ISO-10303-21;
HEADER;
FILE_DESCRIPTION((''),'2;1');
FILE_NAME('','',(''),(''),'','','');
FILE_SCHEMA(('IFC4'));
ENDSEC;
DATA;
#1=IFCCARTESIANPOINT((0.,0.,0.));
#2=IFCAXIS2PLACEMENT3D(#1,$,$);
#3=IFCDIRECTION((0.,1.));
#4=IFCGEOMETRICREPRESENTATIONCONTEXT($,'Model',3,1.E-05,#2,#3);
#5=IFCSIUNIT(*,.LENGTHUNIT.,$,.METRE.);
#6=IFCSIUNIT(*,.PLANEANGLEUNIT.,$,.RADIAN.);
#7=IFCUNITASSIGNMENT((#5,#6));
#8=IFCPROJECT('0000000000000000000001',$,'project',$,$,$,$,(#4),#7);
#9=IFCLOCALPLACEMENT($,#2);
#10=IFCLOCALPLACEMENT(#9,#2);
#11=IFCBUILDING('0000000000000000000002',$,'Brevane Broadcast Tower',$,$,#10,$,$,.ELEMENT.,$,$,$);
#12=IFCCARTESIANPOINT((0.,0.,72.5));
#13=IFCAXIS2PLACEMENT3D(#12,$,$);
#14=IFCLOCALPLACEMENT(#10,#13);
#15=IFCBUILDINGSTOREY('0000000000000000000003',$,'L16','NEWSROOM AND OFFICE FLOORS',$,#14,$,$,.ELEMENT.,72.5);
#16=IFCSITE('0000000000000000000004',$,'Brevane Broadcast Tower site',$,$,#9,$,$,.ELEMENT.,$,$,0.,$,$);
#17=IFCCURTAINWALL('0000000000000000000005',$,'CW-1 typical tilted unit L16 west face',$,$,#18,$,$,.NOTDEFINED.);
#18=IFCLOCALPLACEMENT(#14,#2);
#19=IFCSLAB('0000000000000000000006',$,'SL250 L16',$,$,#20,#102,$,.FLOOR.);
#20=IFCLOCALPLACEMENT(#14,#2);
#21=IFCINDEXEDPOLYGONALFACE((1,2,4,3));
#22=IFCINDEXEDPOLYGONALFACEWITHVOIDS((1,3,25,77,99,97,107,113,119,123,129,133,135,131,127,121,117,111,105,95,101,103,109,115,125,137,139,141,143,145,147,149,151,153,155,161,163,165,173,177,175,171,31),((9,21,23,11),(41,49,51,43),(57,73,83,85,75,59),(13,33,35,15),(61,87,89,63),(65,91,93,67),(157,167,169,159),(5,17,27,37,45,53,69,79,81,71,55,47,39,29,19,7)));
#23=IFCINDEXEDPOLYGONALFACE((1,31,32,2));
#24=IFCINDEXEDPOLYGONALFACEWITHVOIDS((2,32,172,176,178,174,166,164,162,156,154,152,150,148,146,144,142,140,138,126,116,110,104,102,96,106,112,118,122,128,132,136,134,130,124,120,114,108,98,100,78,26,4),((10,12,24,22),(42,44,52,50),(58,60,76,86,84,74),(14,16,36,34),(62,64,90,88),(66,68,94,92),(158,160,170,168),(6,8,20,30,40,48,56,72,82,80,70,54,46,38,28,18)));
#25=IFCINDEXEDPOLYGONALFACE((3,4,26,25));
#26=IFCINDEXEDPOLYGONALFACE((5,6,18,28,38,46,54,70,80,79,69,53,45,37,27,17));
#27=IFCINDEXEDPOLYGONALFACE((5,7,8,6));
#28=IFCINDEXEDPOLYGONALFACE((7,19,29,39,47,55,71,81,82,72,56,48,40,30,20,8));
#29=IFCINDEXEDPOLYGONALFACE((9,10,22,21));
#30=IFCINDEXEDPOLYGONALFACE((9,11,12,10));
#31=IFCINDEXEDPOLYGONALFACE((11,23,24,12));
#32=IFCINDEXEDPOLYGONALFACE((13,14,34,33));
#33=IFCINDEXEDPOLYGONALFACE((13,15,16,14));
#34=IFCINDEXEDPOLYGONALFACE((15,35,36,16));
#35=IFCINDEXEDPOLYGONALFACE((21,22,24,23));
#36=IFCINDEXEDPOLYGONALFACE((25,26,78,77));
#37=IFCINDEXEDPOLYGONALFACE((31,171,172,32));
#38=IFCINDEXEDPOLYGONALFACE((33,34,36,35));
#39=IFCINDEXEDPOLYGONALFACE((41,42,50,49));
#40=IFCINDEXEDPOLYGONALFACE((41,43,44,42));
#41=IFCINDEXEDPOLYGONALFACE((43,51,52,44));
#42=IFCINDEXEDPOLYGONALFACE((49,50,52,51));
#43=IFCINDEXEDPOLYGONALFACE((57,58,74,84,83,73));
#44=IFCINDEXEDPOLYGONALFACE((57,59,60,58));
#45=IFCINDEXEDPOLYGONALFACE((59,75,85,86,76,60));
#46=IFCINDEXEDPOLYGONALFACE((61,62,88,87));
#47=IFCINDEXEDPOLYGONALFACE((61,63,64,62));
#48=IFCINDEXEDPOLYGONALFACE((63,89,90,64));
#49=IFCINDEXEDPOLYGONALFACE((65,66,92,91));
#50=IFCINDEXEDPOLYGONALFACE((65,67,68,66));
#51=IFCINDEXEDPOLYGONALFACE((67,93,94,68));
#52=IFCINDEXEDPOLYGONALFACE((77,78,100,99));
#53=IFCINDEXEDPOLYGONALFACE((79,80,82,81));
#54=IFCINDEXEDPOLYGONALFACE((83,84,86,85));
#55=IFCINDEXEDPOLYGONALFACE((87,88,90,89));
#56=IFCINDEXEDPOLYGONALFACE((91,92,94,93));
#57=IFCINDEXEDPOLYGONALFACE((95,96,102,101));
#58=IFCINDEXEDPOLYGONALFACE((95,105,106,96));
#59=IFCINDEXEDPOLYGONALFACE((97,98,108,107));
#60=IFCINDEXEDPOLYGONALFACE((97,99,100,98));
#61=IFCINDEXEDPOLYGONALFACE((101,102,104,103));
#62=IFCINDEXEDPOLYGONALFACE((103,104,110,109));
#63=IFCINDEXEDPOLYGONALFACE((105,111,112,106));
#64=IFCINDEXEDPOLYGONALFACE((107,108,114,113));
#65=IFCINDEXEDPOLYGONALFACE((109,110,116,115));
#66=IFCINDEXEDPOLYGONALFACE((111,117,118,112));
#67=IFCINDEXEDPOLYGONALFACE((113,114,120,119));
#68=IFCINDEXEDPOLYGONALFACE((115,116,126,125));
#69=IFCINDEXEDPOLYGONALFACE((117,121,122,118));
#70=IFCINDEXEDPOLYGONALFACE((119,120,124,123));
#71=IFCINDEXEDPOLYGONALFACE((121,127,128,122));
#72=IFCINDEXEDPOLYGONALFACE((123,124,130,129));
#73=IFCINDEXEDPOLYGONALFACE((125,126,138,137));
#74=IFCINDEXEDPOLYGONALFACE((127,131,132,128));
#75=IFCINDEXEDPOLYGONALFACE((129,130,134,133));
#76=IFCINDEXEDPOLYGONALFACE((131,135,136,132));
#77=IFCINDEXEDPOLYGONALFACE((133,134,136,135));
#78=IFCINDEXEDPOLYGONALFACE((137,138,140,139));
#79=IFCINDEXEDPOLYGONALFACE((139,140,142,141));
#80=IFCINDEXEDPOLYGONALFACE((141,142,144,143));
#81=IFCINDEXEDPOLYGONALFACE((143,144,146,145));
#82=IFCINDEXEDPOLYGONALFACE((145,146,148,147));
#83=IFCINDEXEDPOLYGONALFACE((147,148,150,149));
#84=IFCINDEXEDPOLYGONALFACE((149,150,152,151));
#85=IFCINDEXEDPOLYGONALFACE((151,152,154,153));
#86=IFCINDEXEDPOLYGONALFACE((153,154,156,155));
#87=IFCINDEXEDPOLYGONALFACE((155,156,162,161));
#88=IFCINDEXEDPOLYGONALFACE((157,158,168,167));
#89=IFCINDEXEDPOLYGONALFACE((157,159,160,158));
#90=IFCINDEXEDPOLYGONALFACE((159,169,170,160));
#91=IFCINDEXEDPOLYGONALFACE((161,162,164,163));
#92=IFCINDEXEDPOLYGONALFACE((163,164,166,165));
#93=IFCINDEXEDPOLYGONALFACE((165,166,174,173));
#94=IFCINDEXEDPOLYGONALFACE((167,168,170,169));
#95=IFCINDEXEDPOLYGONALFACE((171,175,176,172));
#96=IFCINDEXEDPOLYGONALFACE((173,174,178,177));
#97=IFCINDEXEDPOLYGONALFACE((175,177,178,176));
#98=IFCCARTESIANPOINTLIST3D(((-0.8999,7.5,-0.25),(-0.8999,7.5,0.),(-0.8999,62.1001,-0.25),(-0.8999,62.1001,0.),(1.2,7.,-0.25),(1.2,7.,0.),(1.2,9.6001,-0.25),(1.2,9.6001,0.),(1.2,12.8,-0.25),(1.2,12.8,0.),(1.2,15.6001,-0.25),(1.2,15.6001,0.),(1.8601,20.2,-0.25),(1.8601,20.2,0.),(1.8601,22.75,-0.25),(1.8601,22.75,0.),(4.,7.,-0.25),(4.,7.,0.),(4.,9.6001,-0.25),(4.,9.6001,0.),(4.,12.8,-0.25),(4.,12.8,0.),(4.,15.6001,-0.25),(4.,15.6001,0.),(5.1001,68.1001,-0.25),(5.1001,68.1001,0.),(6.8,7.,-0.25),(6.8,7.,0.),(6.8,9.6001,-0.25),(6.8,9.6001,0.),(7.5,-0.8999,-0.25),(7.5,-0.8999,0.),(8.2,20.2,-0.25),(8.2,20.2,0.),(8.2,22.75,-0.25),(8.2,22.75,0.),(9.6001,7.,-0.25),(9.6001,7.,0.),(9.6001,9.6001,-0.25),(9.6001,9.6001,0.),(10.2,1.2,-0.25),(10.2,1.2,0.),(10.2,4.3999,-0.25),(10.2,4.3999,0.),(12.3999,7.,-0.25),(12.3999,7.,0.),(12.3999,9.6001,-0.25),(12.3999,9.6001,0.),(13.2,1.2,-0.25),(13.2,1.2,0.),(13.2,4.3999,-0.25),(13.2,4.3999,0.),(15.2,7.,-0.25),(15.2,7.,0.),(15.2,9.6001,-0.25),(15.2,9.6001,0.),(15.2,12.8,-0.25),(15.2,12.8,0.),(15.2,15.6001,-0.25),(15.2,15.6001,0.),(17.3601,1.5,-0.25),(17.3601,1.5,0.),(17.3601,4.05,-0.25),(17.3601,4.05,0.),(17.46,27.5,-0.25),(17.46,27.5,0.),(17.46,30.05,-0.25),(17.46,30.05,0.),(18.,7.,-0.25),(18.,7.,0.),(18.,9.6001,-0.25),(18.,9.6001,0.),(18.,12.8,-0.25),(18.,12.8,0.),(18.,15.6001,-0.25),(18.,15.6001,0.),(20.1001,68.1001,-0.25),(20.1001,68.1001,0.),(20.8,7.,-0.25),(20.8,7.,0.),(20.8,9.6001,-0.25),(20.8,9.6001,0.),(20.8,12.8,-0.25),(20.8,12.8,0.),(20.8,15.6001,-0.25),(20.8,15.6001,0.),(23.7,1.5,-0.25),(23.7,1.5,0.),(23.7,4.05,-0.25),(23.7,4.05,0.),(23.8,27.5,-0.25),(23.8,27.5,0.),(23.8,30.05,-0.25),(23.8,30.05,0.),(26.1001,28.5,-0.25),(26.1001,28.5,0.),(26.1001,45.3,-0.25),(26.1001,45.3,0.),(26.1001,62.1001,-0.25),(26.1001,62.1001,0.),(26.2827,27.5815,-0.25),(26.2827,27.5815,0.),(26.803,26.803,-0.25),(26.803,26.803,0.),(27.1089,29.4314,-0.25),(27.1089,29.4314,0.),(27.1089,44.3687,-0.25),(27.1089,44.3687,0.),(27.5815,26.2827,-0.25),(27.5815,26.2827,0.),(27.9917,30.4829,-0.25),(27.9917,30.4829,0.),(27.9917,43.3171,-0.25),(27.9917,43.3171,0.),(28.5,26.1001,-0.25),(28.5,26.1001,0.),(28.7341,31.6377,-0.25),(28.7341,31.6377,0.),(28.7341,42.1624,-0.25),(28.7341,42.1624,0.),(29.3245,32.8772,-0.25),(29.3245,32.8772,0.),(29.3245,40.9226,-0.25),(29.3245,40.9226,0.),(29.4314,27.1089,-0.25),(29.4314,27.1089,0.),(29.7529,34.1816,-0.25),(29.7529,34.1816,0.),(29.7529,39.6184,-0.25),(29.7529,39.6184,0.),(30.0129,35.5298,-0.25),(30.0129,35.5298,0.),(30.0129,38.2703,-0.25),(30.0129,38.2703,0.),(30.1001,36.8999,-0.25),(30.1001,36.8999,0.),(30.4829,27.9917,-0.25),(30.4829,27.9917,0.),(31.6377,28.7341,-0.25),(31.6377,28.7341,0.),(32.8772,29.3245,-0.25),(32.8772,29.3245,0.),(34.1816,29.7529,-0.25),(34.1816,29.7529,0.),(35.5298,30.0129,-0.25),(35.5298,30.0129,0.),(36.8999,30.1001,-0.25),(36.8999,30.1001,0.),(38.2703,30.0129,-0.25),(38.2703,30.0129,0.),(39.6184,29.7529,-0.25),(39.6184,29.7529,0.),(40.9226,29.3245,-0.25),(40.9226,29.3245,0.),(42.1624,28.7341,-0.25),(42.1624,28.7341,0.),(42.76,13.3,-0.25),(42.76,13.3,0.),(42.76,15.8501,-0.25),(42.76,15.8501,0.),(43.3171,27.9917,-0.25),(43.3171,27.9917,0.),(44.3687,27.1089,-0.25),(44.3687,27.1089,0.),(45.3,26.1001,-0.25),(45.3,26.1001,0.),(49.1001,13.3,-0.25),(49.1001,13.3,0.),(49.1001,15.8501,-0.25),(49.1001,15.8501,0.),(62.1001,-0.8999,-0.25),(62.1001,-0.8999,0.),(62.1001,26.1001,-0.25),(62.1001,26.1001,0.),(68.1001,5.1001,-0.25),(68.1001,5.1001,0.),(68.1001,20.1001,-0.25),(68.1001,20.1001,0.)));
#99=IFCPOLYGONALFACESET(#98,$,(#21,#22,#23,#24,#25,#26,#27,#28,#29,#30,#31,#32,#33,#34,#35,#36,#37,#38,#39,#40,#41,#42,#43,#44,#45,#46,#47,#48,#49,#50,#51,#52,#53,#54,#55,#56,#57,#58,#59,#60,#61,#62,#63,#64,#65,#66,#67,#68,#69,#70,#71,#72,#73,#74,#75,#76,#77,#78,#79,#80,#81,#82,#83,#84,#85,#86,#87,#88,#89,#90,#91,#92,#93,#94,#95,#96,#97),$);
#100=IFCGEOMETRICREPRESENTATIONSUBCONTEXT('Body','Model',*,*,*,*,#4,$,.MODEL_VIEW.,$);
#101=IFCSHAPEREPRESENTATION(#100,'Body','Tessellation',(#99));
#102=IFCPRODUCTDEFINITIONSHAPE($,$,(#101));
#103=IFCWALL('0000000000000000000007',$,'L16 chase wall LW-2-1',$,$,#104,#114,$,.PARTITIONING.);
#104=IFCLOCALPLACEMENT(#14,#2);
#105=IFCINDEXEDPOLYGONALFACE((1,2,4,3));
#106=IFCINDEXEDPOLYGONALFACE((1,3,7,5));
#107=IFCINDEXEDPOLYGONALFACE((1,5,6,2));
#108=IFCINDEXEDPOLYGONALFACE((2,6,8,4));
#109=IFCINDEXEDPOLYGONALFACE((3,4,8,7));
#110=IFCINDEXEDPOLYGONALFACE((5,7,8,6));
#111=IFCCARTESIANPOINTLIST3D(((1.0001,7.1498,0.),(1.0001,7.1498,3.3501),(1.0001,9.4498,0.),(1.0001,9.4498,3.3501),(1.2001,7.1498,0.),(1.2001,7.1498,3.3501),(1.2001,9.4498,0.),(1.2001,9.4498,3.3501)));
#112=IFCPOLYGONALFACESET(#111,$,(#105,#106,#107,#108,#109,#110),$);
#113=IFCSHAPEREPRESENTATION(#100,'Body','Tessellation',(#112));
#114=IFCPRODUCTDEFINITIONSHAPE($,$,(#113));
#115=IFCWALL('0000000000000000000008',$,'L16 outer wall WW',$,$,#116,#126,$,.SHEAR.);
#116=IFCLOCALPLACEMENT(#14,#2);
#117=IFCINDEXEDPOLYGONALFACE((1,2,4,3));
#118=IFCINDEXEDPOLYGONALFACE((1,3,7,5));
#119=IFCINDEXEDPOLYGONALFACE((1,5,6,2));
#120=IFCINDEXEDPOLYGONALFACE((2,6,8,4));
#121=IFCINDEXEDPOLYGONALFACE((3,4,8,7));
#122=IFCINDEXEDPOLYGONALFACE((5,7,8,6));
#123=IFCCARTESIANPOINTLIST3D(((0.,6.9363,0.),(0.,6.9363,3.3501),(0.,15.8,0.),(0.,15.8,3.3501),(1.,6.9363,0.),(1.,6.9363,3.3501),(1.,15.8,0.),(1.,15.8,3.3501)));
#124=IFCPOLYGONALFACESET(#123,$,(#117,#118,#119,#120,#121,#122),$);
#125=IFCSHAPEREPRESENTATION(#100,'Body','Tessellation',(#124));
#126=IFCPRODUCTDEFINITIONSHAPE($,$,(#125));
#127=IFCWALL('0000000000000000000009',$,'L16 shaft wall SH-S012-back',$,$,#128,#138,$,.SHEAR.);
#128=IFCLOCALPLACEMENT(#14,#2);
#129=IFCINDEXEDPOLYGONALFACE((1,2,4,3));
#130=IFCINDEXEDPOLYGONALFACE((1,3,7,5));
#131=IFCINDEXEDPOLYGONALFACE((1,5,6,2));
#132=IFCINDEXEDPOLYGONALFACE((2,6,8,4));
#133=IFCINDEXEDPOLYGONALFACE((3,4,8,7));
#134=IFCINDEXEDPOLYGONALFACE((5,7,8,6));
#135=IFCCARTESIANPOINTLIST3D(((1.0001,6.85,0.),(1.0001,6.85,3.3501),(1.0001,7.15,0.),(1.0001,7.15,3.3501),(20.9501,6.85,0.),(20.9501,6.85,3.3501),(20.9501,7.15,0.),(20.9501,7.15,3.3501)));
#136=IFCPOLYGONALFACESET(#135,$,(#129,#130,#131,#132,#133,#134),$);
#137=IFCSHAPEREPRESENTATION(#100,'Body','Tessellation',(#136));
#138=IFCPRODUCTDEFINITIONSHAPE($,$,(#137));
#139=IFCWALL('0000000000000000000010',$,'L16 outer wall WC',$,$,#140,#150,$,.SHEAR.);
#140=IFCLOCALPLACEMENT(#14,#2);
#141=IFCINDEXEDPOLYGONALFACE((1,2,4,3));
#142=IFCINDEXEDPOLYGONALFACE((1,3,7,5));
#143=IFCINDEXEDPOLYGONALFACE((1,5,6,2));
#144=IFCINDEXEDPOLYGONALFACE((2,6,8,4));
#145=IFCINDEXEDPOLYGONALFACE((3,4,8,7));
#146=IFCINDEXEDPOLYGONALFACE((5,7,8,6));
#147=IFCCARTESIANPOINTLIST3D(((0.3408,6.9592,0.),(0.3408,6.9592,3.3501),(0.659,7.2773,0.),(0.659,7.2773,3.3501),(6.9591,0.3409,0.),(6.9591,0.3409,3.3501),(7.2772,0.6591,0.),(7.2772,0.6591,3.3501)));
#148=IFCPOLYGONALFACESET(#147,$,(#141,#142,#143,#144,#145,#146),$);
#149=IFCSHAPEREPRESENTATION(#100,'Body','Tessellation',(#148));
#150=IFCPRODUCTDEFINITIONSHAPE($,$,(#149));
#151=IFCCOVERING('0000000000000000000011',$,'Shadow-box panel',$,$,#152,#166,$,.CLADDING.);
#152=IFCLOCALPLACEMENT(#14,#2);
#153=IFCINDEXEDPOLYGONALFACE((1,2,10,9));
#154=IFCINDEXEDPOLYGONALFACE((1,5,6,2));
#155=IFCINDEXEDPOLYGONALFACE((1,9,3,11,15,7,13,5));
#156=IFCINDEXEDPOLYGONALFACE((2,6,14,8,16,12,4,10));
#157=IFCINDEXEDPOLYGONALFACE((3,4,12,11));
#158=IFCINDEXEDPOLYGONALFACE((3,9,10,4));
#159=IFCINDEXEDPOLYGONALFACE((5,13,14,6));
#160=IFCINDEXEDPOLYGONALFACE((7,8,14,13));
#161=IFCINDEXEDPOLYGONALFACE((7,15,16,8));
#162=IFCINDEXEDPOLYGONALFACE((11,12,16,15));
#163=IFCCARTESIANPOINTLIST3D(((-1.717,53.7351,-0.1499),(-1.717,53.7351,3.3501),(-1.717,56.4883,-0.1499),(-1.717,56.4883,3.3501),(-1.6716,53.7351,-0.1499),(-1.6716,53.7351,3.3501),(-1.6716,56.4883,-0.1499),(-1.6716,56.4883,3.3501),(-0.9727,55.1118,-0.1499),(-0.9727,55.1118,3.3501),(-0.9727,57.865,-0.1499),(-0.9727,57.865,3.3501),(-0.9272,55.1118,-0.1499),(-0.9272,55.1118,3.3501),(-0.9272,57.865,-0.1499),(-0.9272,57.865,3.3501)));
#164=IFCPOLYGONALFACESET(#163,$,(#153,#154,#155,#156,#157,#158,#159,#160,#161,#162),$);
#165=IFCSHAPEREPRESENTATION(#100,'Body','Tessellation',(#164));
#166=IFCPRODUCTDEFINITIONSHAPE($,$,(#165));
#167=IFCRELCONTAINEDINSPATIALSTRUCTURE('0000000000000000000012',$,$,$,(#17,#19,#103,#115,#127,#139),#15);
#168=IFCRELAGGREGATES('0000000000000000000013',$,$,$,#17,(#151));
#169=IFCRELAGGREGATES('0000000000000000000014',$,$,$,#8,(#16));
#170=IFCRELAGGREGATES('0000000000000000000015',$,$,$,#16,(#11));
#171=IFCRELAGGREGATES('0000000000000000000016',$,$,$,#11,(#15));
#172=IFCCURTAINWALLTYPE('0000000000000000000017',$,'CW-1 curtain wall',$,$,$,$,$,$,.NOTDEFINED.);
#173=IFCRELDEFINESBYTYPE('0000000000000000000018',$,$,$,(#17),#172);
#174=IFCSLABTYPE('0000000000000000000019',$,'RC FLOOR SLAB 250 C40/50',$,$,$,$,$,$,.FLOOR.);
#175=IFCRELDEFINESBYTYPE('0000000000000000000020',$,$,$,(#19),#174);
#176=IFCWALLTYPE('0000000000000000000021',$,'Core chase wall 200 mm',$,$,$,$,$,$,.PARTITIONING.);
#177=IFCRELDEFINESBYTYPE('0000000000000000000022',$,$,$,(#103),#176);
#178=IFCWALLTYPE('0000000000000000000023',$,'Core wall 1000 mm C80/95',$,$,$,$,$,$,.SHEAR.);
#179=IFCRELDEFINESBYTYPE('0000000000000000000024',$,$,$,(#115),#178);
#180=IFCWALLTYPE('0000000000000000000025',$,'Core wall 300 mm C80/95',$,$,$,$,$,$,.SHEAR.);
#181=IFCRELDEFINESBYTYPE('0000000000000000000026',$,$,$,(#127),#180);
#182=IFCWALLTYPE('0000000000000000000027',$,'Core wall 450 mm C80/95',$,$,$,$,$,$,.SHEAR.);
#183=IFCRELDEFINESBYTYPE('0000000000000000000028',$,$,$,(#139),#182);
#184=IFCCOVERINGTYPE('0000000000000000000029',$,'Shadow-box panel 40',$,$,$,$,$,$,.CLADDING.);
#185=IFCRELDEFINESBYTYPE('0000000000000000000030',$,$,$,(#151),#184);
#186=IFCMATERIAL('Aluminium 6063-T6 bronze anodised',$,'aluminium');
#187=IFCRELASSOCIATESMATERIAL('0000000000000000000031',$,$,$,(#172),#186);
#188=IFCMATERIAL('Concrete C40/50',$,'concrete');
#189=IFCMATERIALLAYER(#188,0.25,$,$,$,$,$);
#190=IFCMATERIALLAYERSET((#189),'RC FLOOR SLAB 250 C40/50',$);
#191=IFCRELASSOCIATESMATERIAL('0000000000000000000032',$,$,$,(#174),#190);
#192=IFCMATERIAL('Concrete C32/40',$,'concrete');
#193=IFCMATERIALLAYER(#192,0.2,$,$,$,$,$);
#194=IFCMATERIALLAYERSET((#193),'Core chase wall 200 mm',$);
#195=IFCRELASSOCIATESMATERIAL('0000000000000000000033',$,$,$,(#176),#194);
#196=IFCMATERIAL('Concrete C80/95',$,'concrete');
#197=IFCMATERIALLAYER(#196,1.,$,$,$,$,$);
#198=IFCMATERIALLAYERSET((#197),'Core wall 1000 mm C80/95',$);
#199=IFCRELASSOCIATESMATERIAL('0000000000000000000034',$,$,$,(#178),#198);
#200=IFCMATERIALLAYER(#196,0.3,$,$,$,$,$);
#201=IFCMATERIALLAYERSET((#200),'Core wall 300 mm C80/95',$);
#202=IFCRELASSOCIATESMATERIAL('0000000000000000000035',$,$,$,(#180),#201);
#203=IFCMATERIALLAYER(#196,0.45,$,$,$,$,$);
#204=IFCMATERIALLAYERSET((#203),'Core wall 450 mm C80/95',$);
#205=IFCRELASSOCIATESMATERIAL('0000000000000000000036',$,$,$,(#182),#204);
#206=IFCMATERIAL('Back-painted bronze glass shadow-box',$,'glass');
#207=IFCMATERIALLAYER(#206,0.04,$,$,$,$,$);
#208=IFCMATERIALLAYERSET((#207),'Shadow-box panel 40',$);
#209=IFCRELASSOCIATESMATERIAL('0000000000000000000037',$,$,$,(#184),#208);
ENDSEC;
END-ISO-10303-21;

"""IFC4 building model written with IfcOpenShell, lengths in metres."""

from ifc_helpers import new_model, si_unit, direction, frame, frame_2d, origin, place, context, subcontext, project, spatial, polyline, rectangle, outline, extrude, material, layer, layer_set, type_object, element, aggregate, save


model = new_model("IFC4")

# Units and contexts
model_context = context("Model", 3, precision=1e-05, world=origin(), true_north=direction((0.0, 1.0)))
body_context = subcontext(model_context, "Body", "Model", "MODEL_VIEW")
ifc_project = project(units=[si_unit("LENGTHUNIT", "METRE"), si_unit("PLANEANGLEUNIT", "RADIAN")], contexts=[model_context])

# Site, building, storey
site_placement = place(None, origin())
site = spatial("IfcSite", under=ifc_project, at=site_placement, Name="Brevane Broadcast Tower site", CompositionType="ELEMENT", RefElevation=0.0)
building_placement = place(site_placement, origin())
building = spatial("IfcBuilding", under=site, at=building_placement, Name="Brevane Broadcast Tower", CompositionType="ELEMENT")
storey_placement = place(building_placement, frame((0.0, 0.0, 72.5)))
storey = spatial("IfcBuildingStorey", under=building, at=storey_placement, Name="L16", Description="NEWSROOM AND OFFICE FLOORS", CompositionType="ELEMENT", Elevation=72.5)

# Shared definitions
ifc_material_1 = material(Name="Aluminium 6063-T6 bronze anodised", Category="aluminium")
curtain_wall_type = type_object("IfcCurtainWallType", Name="CW-1 curtain wall", PredefinedType="NOTDEFINED", material=ifc_material_1)

# Curtain wall
curtain_wall_1_placement = place(storey_placement, origin())
curtain_wall_1 = element("IfcCurtainWall", 1, at=curtain_wall_1_placement, inside=storey, type_object=curtain_wall_type, Name="CW-1 typical tilted unit L16 west face", PredefinedType="NOTDEFINED")

# Slab
ifc_material_2 = material(Name="Concrete C40/50", Category="concrete")
ifc_layer_1 = layer(ifc_material_2, 0.25)
ifc_layer_set_1 = layer_set([ifc_layer_1], Name="RC FLOOR SLAB 250 C40/50")
slab_type_1 = type_object("IfcSlabType", Name="RC FLOOR SLAB 250 C40/50", PredefinedType="FLOOR", material=ifc_layer_set_1)
slab_1_placement = place(storey_placement, frame((0.0, 0.0, -0.25)))
element("IfcSlab", 2, at=slab_1_placement, inside=storey, type_object=slab_type_1, Name="SL250 L16", PredefinedType="FLOOR", context=body_context, shape_type="SweptSolid", body=[
    extrude(outline(polyline([(-0.8999, 7.5), (-0.8999, 62.1001), (5.1001, 68.1001), (20.1001, 68.1001), (26.1001, 62.1001), (26.1001, 45.3), (27.1089, 44.3687), (27.9917, 43.3171), (28.7341, 42.1624), (29.3245, 40.9226), (29.7529, 39.6184), (30.0129, 38.2703), (30.1001, 36.8999), (30.0129, 35.5298), (29.7529, 34.1816), (29.3245, 32.8772), (28.7341, 31.6377), (27.9917, 30.4829), (27.1089, 29.4314), (26.1001, 28.5), (26.2827, 27.5815), (26.803, 26.803), (27.5815, 26.2827), (28.5, 26.1001), (29.4314, 27.1089), (30.4829, 27.9917), (31.6377, 28.7341), (32.8772, 29.3245), (34.1816, 29.7529), (35.5298, 30.0129), (36.8999, 30.1001), (38.2703, 30.0129), (39.6184, 29.7529), (40.9226, 29.3245), (42.1624, 28.7341), (43.3171, 27.9917), (44.3687, 27.1089), (45.3, 26.1001), (62.1001, 26.1001), (68.1001, 20.1001), (68.1001, 5.1001), (62.1001, -0.8999), (7.5, -0.8999), (-0.8999, 7.5)]), holes=[polyline([(13.2, 4.3999), (10.2, 4.3999), (10.2, 1.2), (13.2, 1.2), (13.2, 4.3999)]), polyline([(4.0, 9.6001), (1.2, 9.6001), (1.2, 7.0), (4.0, 7.0), (6.8, 7.0), (9.6001, 7.0), (12.3999, 7.0), (15.2, 7.0), (18.0, 7.0), (20.8, 7.0), (20.8, 9.6001), (18.0, 9.6001), (15.2, 9.6001), (12.3999, 9.6001), (9.6001, 9.6001), (6.8, 9.6001), (4.0, 9.6001)]), polyline([(4.0, 12.8), (4.0, 15.6001), (1.2, 15.6001), (1.2, 12.8), (4.0, 12.8)]), polyline([(8.2, 22.75), (1.8601, 22.75), (1.8601, 20.2), (8.2, 20.2), (8.2, 22.75)]), polyline([(23.7, 4.05), (17.3601, 4.05), (17.3601, 1.5), (23.7, 1.5), (23.7, 4.05)]), polyline([(18.0, 15.6001), (15.2, 15.6001), (15.2, 12.8), (18.0, 12.8), (20.8, 12.8), (20.8, 15.6001), (18.0, 15.6001)]), polyline([(49.1001, 15.8501), (42.76, 15.8501), (42.76, 13.3), (49.1001, 13.3), (49.1001, 15.8501)]), polyline([(23.8, 30.05), (17.46, 30.05), (17.46, 27.5), (23.8, 27.5), (23.8, 30.05)])]), origin(), (0.0, 0.0, 1.0), 0.25),
])

# Walls
ifc_material_3 = material(Name="Concrete C32/40", Category="concrete")
ifc_layer_2 = layer(ifc_material_3, 0.2)
ifc_layer_set_2 = layer_set([ifc_layer_2], Name="Core chase wall 200 mm")
wall_type_1 = type_object("IfcWallType", Name="Core chase wall 200 mm", PredefinedType="PARTITIONING", material=ifc_layer_set_2)
wall_1_placement = place(storey_placement, frame((1.1001, 7.1499, 0.0), z_axis=(0.0, 0.0, 1.0), x_axis=(0.0, 1.0, 0.0)))
element("IfcWall", 3, at=wall_1_placement, inside=storey, type_object=wall_type_1, Name="L16 chase wall LW-2-1", PredefinedType="PARTITIONING", context=body_context, shape_type="SweptSolid", body=[
    extrude(rectangle(XDim=2.3, YDim=0.2, at=frame_2d((1.1499, 0.0))), origin(), (0.0, 0.0, 1.0), 3.3501),
])
ifc_material_4 = material(Name="Concrete C80/95", Category="concrete")
ifc_layer_3 = layer(ifc_material_4, 1.0)
ifc_layer_set_3 = layer_set([ifc_layer_3], Name="Core wall 1000 mm C80/95")
wall_type_2 = type_object("IfcWallType", Name="Core wall 1000 mm C80/95", PredefinedType="SHEAR", material=ifc_layer_set_3)
wall_2_placement = place(storey_placement, frame((0.5, 6.9363, 0.0), z_axis=(0.0, 0.0, 1.0), x_axis=(0.0, 1.0, 0.0)))
element("IfcWall", 4, at=wall_2_placement, inside=storey, type_object=wall_type_2, Name="L16 outer wall WW", PredefinedType="SHEAR", context=body_context, shape_type="SweptSolid", body=[
    extrude(rectangle(XDim=8.8638, YDim=1.0, at=frame_2d((4.4319, 0.0))), origin(), (0.0, 0.0, 1.0), 3.3501),
])
ifc_layer_4 = layer(ifc_material_4, 0.3)
ifc_layer_set_4 = layer_set([ifc_layer_4], Name="Core wall 300 mm C80/95")
wall_type_3 = type_object("IfcWallType", Name="Core wall 300 mm C80/95", PredefinedType="SHEAR", material=ifc_layer_set_4)
wall_3_placement = place(storey_placement, frame((1.0, 7.0, 0.0), z_axis=(0.0, 0.0, 1.0), x_axis=(1.0, 0.0, 0.0)))
element("IfcWall", 5, at=wall_3_placement, inside=storey, type_object=wall_type_3, Name="L16 shaft wall SH-S012-back", PredefinedType="SHEAR", context=body_context, shape_type="SweptSolid", body=[
    extrude(rectangle(XDim=19.95, YDim=0.3, at=frame_2d((9.9751, 0.0))), origin(), (0.0, 0.0, 1.0), 3.3501),
])
ifc_layer_5 = layer(ifc_material_4, 0.45)
ifc_layer_set_5 = layer_set([ifc_layer_5], Name="Core wall 450 mm C80/95")
wall_type_4 = type_object("IfcWallType", Name="Core wall 450 mm C80/95", PredefinedType="SHEAR", material=ifc_layer_set_5)
wall_4_placement = place(storey_placement, frame((0.5, 7.1182, 0.0), z_axis=(0.0, 0.0, 1.0), x_axis=(0.707107, -0.707107, 0.0)))
element("IfcWall", 6, at=wall_4_placement, inside=storey, type_object=wall_type_4, Name="L16 outer wall WC", PredefinedType="SHEAR", context=body_context, shape_type="SweptSolid", body=[
    extrude(rectangle(XDim=9.3596, YDim=0.45, at=frame_2d((4.6797, 0.0))), origin(), (0.0, 0.0, 1.0), 3.3501),
])

# Covering
ifc_material_5 = material(Name="Back-painted bronze glass shadow-box", Category="glass")
ifc_layer_6 = layer(ifc_material_5, 0.04)
ifc_layer_set_6 = layer_set([ifc_layer_6], Name="Shadow-box panel 40")
covering_type = type_object("IfcCoveringType", Name="Shadow-box panel 40", PredefinedType="CLADDING", material=ifc_layer_set_6)
covering_1_placement = place(storey_placement, frame((0.0, 0.0, -0.1499)))
covering_1 = element("IfcCovering", 7, at=covering_1_placement, type_object=covering_type, Name="Shadow-box panel", PredefinedType="CLADDING", context=body_context, shape_type="SweptSolid", body=[
    extrude(outline(polyline([(-0.9272, 57.865), (-0.9727, 57.865), (-1.717, 56.4883), (-0.9727, 55.1118), (-1.717, 53.7351), (-1.6716, 53.7351), (-0.9272, 55.1118), (-1.6716, 56.4883), (-0.9272, 57.865)])), origin(), (0.0, 0.0, 1.0), 3.5),
])
aggregate(curtain_wall_1, [covering_1])

save(model, "model.ifc")
